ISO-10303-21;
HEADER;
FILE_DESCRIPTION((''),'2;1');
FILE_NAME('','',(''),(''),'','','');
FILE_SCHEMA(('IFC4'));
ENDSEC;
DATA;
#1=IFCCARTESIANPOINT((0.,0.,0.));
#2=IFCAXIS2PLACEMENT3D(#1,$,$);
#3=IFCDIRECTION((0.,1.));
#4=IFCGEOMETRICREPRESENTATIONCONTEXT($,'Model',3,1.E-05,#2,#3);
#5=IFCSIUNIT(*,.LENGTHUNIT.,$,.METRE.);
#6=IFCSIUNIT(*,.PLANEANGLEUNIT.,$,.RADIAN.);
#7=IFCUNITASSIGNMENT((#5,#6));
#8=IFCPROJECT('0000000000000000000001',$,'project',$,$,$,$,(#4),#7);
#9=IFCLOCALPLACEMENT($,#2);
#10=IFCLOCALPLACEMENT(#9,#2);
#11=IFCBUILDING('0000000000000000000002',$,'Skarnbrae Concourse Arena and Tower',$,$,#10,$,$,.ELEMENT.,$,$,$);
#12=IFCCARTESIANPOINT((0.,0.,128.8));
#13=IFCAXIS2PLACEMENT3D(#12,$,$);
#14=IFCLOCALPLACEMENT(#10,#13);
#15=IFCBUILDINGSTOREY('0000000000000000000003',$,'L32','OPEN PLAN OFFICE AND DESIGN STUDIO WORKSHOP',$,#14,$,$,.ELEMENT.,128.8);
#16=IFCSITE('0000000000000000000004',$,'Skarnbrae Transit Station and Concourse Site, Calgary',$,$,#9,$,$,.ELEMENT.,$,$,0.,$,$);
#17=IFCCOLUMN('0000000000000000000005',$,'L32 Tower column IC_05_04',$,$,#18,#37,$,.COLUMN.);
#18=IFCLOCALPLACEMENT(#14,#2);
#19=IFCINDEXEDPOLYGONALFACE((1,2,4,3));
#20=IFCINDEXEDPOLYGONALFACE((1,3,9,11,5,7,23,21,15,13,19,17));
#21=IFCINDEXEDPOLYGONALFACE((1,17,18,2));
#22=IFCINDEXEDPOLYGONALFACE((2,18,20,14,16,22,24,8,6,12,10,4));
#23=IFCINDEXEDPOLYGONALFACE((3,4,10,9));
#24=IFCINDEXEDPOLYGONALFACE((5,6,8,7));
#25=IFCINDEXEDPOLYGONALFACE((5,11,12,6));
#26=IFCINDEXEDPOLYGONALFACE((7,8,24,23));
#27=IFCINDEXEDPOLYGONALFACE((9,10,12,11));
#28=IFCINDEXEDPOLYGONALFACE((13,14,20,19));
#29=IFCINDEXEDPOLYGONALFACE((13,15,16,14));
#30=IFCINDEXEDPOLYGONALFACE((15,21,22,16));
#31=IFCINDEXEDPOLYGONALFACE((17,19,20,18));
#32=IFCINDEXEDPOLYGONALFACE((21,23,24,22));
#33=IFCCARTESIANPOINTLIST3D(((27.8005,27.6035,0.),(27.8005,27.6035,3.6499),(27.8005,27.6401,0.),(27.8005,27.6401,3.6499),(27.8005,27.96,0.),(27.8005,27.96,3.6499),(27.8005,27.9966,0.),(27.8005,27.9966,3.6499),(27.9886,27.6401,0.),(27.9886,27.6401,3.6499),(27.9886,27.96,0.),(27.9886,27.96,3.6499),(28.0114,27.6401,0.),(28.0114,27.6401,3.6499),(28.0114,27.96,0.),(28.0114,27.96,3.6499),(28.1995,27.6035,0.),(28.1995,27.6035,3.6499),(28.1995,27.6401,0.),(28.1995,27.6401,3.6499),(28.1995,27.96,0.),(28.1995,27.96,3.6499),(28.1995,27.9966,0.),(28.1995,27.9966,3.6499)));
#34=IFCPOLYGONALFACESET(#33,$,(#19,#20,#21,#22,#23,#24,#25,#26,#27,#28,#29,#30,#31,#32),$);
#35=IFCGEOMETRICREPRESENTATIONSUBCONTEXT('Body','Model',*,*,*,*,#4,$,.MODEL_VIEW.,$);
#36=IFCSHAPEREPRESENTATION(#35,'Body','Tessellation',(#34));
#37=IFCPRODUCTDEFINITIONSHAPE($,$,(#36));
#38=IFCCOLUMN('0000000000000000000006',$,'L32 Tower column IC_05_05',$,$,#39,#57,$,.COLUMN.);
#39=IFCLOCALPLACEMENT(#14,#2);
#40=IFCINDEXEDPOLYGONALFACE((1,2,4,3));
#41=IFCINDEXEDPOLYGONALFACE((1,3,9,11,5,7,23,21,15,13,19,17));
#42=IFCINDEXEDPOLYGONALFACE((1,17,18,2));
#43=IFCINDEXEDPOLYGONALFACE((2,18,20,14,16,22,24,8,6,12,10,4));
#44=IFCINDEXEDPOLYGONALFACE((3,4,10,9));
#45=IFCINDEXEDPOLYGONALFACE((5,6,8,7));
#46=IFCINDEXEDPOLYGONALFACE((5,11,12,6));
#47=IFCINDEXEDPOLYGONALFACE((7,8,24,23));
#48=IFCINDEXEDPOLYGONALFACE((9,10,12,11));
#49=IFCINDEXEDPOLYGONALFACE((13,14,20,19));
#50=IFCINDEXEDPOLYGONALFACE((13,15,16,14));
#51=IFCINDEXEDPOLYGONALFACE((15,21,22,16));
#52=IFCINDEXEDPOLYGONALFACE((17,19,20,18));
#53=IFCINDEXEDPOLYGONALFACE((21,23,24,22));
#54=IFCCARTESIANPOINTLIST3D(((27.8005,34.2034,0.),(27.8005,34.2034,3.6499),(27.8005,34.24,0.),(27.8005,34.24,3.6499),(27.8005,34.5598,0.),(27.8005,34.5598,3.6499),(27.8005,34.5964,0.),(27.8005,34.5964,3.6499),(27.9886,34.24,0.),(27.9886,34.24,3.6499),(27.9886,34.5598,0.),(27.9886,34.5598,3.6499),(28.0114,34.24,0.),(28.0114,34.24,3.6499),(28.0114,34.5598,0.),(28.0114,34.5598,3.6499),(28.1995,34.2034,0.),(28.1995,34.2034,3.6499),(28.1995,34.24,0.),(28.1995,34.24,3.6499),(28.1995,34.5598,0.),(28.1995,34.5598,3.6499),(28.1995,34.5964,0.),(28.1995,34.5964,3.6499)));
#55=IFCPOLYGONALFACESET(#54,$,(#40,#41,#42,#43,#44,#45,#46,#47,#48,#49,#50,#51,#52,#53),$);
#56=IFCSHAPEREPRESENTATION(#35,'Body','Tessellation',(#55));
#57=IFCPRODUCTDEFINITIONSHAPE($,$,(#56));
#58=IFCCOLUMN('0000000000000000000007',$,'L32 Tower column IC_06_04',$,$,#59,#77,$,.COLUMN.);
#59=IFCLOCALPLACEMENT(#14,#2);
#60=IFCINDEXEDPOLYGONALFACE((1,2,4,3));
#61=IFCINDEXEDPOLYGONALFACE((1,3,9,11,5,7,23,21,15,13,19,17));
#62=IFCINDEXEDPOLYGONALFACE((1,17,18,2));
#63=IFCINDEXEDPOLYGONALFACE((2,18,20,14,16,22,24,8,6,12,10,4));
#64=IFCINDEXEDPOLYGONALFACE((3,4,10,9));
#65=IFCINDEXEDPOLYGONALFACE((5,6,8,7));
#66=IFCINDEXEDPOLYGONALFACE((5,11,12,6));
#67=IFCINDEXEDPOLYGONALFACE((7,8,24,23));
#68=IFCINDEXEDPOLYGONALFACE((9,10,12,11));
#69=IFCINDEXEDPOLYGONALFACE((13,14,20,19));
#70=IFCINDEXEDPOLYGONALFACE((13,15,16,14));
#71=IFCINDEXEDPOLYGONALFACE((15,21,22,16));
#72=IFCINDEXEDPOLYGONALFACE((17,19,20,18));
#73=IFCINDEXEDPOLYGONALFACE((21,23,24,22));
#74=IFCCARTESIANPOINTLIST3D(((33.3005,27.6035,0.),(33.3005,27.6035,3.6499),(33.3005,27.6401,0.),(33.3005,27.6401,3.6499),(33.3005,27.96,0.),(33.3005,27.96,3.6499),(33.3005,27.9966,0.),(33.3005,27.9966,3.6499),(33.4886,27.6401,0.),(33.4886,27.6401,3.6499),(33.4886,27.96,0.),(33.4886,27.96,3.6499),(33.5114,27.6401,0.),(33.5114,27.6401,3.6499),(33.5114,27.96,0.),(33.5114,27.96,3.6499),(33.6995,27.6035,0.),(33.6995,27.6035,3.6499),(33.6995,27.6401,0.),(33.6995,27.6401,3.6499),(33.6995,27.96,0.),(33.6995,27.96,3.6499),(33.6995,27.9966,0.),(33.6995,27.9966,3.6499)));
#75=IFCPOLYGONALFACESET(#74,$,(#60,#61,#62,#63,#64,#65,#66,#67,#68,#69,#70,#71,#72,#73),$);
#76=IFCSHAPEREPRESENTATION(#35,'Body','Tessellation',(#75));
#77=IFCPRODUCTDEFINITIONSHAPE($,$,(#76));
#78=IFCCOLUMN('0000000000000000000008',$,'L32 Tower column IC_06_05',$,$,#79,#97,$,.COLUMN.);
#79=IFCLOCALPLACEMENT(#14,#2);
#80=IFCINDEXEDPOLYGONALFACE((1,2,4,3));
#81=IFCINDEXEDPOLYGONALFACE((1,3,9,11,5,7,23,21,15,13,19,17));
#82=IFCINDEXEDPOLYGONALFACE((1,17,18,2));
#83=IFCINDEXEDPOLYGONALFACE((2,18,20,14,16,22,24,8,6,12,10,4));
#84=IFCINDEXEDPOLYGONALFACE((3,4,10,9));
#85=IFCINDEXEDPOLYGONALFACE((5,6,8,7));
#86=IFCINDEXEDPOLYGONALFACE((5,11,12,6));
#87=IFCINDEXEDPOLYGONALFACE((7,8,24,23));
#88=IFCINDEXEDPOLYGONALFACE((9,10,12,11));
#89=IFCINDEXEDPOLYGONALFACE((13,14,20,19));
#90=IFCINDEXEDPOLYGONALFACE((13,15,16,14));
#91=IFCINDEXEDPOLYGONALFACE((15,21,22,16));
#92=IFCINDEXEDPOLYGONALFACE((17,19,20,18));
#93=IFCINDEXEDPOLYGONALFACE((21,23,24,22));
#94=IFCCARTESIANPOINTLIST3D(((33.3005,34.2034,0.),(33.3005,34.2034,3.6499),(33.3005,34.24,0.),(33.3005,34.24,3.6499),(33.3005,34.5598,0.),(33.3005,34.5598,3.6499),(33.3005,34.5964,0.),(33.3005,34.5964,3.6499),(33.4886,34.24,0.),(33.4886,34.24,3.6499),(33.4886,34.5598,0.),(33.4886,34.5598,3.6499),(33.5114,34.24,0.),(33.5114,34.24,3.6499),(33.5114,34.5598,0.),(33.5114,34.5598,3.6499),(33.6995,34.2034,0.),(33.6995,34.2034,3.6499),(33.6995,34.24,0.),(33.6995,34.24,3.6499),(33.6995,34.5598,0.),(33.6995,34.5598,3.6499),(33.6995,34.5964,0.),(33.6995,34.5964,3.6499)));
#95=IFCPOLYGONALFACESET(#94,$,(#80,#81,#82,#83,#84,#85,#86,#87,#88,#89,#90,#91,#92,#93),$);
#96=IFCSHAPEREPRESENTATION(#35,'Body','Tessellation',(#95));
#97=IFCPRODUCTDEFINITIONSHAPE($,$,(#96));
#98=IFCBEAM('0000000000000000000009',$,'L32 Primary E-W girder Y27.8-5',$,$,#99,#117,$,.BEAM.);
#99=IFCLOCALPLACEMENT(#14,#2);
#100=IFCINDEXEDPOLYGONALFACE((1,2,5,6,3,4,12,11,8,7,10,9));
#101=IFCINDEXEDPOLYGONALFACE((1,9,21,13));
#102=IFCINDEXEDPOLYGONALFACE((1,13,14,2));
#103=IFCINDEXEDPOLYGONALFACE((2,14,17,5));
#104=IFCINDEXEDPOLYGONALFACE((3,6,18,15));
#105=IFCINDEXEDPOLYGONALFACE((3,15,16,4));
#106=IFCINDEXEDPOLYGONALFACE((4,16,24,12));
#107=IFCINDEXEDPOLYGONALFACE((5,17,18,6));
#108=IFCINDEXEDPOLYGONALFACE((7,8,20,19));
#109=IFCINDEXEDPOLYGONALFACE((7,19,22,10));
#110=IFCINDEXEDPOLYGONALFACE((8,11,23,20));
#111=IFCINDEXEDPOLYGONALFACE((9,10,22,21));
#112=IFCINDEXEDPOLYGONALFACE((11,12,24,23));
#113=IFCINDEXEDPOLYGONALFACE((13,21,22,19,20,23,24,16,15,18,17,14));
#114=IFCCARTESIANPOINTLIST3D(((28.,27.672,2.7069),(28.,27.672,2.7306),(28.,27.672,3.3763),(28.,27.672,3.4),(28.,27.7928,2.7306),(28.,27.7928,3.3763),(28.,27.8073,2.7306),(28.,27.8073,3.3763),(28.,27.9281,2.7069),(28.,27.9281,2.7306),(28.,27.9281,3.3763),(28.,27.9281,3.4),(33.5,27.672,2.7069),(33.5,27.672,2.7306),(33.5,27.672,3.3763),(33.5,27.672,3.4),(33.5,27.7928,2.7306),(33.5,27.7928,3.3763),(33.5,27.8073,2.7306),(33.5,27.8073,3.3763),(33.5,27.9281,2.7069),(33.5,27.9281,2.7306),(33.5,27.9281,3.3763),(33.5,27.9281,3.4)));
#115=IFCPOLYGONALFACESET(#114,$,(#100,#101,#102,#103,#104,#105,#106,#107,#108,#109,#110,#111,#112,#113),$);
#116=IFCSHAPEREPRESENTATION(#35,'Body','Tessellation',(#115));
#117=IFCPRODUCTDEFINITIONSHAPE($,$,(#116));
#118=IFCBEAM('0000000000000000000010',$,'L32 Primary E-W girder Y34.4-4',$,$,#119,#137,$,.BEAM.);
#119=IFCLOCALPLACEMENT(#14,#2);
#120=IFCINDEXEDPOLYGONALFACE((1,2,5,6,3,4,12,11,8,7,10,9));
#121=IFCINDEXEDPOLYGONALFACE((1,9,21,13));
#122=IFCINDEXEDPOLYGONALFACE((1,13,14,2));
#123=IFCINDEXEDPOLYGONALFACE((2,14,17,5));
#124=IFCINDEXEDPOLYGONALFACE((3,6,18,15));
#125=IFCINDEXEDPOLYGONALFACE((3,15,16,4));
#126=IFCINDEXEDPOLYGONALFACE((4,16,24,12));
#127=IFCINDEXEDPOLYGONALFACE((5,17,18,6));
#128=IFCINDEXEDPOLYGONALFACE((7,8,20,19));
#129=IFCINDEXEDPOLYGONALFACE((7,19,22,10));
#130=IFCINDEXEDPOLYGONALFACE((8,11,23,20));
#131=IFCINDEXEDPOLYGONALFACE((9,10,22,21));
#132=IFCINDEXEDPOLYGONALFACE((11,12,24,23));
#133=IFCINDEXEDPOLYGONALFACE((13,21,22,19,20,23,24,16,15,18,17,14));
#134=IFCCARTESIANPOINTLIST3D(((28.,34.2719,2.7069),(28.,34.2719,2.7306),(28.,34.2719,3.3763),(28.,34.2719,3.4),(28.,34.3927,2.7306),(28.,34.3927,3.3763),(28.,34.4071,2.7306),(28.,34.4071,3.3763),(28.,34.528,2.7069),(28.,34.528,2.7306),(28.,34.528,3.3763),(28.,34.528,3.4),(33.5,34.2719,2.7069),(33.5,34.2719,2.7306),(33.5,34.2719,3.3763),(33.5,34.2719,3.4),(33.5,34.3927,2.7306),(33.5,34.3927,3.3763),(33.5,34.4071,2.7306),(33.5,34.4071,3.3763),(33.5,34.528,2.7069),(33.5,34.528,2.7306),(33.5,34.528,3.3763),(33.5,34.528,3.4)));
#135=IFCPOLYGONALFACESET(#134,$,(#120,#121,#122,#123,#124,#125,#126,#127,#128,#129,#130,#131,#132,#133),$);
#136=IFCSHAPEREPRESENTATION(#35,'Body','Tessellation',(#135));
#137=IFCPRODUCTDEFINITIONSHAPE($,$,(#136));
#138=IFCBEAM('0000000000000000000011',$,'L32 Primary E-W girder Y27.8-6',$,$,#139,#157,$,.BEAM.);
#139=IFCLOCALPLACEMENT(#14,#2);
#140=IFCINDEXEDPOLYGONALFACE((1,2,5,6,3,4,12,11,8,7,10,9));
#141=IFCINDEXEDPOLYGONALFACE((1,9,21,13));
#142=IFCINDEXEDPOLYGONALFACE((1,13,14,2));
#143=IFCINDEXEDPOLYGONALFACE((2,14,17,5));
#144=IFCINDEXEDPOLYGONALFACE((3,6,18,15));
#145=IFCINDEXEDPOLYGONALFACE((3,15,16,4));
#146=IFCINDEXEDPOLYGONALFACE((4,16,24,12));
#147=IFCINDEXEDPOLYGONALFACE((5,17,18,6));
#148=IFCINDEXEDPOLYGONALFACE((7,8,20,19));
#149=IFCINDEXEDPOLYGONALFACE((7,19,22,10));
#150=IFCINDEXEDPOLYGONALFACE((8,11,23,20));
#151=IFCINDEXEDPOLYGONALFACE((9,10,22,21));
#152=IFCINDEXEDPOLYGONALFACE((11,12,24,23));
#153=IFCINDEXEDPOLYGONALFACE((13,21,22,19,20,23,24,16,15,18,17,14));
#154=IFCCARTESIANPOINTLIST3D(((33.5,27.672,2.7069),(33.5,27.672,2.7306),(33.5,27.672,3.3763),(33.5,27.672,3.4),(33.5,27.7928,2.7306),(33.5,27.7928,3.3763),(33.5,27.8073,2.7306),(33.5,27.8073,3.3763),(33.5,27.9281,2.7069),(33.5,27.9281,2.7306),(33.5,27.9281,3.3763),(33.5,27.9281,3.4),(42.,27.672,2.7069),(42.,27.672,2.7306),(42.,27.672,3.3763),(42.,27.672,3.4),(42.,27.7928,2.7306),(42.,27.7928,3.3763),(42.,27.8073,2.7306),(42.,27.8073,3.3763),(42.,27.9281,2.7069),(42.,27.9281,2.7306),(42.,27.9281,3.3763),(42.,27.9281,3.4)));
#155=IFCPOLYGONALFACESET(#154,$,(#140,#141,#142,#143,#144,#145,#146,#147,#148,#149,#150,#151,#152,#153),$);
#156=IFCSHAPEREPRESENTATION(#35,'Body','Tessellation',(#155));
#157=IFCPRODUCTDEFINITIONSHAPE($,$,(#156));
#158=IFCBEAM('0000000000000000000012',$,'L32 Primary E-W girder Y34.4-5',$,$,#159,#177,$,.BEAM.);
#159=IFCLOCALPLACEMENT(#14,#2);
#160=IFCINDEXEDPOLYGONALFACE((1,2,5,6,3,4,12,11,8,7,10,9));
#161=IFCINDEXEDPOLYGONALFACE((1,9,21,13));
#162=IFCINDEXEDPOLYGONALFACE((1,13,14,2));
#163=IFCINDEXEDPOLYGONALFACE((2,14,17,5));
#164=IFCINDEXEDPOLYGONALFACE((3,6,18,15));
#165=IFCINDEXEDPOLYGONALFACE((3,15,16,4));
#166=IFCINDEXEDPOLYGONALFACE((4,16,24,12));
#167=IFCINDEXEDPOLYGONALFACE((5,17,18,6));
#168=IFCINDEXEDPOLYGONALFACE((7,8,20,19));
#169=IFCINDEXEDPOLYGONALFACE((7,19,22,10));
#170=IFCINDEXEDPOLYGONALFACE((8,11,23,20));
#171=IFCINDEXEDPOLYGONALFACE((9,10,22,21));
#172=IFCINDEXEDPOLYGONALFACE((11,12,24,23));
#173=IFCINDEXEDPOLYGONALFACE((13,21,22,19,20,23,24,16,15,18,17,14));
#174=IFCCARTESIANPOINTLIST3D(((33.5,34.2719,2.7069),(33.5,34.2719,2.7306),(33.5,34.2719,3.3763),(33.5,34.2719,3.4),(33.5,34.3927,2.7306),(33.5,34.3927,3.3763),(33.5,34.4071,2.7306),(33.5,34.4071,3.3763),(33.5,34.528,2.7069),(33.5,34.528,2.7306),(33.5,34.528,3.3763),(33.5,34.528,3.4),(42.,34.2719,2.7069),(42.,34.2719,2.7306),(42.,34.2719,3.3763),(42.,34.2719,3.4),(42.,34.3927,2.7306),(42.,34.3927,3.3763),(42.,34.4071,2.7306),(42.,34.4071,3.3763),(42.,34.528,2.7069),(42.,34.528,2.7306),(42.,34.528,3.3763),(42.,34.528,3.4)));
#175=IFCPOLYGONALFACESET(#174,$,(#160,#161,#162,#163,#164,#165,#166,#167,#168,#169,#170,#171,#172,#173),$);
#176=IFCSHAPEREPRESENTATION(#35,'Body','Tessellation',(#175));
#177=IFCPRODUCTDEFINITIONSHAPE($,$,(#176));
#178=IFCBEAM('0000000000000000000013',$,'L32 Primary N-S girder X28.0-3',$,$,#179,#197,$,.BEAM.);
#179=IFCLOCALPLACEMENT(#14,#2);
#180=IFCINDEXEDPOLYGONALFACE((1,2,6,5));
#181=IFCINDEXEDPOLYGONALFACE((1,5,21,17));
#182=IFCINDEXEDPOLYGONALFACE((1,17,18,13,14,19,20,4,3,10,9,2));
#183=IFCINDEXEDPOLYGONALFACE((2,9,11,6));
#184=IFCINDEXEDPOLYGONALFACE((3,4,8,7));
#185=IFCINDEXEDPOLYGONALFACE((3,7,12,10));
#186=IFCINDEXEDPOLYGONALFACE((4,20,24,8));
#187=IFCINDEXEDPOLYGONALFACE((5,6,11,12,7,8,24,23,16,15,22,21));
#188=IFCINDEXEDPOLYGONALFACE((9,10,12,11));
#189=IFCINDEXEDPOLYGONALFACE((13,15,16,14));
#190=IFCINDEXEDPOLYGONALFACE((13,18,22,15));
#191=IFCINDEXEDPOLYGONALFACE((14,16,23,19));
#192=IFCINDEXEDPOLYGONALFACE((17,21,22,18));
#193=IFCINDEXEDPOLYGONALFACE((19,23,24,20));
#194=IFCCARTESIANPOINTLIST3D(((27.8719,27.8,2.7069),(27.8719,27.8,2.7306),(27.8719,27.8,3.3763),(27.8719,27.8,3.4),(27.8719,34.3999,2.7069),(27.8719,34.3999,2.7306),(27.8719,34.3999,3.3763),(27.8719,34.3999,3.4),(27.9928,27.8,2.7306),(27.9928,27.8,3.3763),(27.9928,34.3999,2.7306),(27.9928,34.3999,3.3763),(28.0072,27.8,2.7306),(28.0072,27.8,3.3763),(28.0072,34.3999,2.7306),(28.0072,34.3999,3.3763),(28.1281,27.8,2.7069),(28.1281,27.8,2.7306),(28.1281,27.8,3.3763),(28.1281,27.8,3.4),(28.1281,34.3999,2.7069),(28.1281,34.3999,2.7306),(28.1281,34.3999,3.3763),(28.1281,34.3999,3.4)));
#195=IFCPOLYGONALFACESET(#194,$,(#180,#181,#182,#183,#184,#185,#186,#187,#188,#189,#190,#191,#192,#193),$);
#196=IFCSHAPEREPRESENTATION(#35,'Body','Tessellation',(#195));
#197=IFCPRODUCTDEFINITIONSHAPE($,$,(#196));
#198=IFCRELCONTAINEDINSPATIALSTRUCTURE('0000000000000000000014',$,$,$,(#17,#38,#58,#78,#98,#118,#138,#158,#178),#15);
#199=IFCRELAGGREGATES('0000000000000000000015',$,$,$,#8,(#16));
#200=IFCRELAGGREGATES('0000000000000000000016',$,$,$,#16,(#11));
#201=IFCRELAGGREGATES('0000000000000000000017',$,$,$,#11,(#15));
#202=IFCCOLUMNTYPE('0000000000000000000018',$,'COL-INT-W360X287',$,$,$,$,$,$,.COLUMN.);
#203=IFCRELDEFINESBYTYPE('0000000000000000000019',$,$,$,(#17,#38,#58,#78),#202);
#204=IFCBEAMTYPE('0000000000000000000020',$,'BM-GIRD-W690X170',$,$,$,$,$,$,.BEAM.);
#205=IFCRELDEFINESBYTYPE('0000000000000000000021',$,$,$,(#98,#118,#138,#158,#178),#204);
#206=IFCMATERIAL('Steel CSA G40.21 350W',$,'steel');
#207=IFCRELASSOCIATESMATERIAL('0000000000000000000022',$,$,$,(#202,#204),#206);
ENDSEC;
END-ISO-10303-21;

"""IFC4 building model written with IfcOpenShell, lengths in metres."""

from ifc_helpers import new_model, si_unit, direction, frame, origin, origin_2d, place, context, subcontext, project, spatial, i_section, extrude, source, transform, mapped, material, material_profile, profile_set, type_object, element, save


model = new_model("IFC4")

# Units and contexts
model_context = context("Model", 3, precision=1e-05, world=origin(), true_north=direction((0.0, 1.0)))
body_context = subcontext(model_context, "Body", "Model", "MODEL_VIEW")
ifc_project = project(units=[si_unit("LENGTHUNIT", "METRE"), si_unit("PLANEANGLEUNIT", "RADIAN")], contexts=[model_context])

# Site, building, storey
site_placement = place(None, origin())
site = spatial("IfcSite", under=ifc_project, at=site_placement, Name="Skarnbrae Transit Station and Concourse Site, Calgary", CompositionType="ELEMENT", RefElevation=0.0)
building_placement = place(site_placement, origin())
building = spatial("IfcBuilding", under=site, at=building_placement, Name="Skarnbrae Concourse Arena and Tower", CompositionType="ELEMENT")
storey_placement = place(building_placement, frame((0.0, 0.0, 128.8)))
storey = spatial("IfcBuildingStorey", under=building, at=storey_placement, Name="L32", Description="OPEN PLAN OFFICE AND DESIGN STUDIO WORKSHOP", CompositionType="ELEMENT", Elevation=128.8)

# Columns
ifc_material_1 = material(Name="Steel CSA G40.21 350W", Category="steel")
ifc_material_profile_1 = material_profile(ifc_material_1, i_section(OverallWidth=0.3989, OverallDepth=0.3931, WebThickness=0.0227, FlangeThickness=0.0366, at=origin_2d()), Name="W360X287")
ifc_profile_set_1 = profile_set([ifc_material_profile_1], Name="Steel CSA G40.21 350W")
column_type = type_object("IfcColumnType", Name="COL-INT-W360X287", PredefinedType="COLUMN", material=ifc_profile_set_1)
shared_shape_1 = source(origin(), body_context, "Body", "SweptSolid", [
    extrude(i_section(OverallWidth=0.3989, OverallDepth=0.3931, WebThickness=0.0227, FlangeThickness=0.0366, at=origin_2d()), origin(), (0.0, 0.0, 1.0), 3.6499),
])
for number, where, z_axis, x_axis, name in (
    (1, (28.0, 27.8, 0.0), (0.0, 0.0, 1.0), (1.0, 0.0, 0.0), "L32 Tower column IC_05_04"),
    (2, (28.0, 34.3999, 0.0), (0.0, 0.0, 1.0), (1.0, 0.0, 0.0), "L32 Tower column IC_05_05"),
    (3, (33.5, 27.8, 0.0), (0.0, 0.0, 1.0), (1.0, 0.0, 0.0), "L32 Tower column IC_06_04"),
    (4, (33.5, 34.3999, 0.0), (0.0, 0.0, 1.0), (1.0, 0.0, 0.0), "L32 Tower column IC_06_05"),
):
    element("IfcColumn", number, at=place(storey_placement, frame(where, z_axis=z_axis, x_axis=x_axis)), inside=storey, type_object=column_type, Name=name, PredefinedType="COLUMN", context=body_context, shape_type="MappedRepresentation", body=[
        mapped(shared_shape_1, transform((0.0, 0.0, 0.0))),
    ])

# Beams
ifc_material_profile_2 = material_profile(ifc_material_1, i_section(OverallWidth=0.2561, OverallDepth=0.6931, WebThickness=0.0144, FlangeThickness=0.0237, at=origin_2d()), Name="W690X170")
ifc_profile_set_2 = profile_set([ifc_material_profile_2], Name="Steel CSA G40.21 350W")
beam_type_1 = type_object("IfcBeamType", Name="BM-GIRD-W690X170", PredefinedType="BEAM", material=ifc_profile_set_2)
shared_shape_2 = source(origin(), body_context, "Body", "SweptSolid", [
    extrude(i_section(OverallWidth=0.2561, OverallDepth=0.6931, WebThickness=0.0144, FlangeThickness=0.0237, at=origin_2d()), origin(), (0.0, 0.0, 1.0), 5.5),
])
for number, where, z_axis, x_axis, name in (
    (5, (28.0, 27.8, 3.0535), (1.0, 0.0, 0.0), (0.0, 1.0, 0.0), "L32 Primary E-W girder Y27.8-5"),
    (6, (28.0, 34.3999, 3.0535), (1.0, 0.0, 0.0), (0.0, 1.0, 0.0), "L32 Primary E-W girder Y34.4-4"),
):
    element("IfcBeam", number, at=place(storey_placement, frame(where, z_axis=z_axis, x_axis=x_axis)), inside=storey, type_object=beam_type_1, Name=name, PredefinedType="BEAM", context=body_context, shape_type="MappedRepresentation", body=[
        mapped(shared_shape_2, transform((0.0, 0.0, 0.0))),
    ])
shared_shape_3 = source(origin(), body_context, "Body", "SweptSolid", [
    extrude(i_section(OverallWidth=0.2561, OverallDepth=0.6931, WebThickness=0.0144, FlangeThickness=0.0237, at=origin_2d()), origin(), (0.0, 0.0, 1.0), 8.5),
])
for number, where, z_axis, x_axis, name in (
    (7, (33.5, 27.8, 3.0535), (1.0, 0.0, 0.0), (0.0, 1.0, 0.0), "L32 Primary E-W girder Y27.8-6"),
    (8, (33.5, 34.3999, 3.0535), (1.0, 0.0, 0.0), (0.0, 1.0, 0.0), "L32 Primary E-W girder Y34.4-5"),
):
    element("IfcBeam", number, at=place(storey_placement, frame(where, z_axis=z_axis, x_axis=x_axis)), inside=storey, type_object=beam_type_1, Name=name, PredefinedType="BEAM", context=body_context, shape_type="MappedRepresentation", body=[
        mapped(shared_shape_3, transform((0.0, 0.0, 0.0))),
    ])
shared_shape_4 = source(origin(), body_context, "Body", "SweptSolid", [
    extrude(i_section(OverallWidth=0.2561, OverallDepth=0.6931, WebThickness=0.0144, FlangeThickness=0.0237, at=origin_2d()), origin(), (0.0, 0.0, 1.0), 6.5999),
])
for number, where, z_axis, x_axis, name in (
    (9, (28.0, 27.8, 3.0535), (0.0, 1.0, 0.0), (-1.0, 0.0, 0.0), "L32 Primary N-S girder X28.0-3"),
):
    element("IfcBeam", number, at=place(storey_placement, frame(where, z_axis=z_axis, x_axis=x_axis)), inside=storey, type_object=beam_type_1, Name=name, PredefinedType="BEAM", context=body_context, shape_type="MappedRepresentation", body=[
        mapped(shared_shape_4, transform((0.0, 0.0, 0.0))),
    ])

save(model, "model.ifc")
